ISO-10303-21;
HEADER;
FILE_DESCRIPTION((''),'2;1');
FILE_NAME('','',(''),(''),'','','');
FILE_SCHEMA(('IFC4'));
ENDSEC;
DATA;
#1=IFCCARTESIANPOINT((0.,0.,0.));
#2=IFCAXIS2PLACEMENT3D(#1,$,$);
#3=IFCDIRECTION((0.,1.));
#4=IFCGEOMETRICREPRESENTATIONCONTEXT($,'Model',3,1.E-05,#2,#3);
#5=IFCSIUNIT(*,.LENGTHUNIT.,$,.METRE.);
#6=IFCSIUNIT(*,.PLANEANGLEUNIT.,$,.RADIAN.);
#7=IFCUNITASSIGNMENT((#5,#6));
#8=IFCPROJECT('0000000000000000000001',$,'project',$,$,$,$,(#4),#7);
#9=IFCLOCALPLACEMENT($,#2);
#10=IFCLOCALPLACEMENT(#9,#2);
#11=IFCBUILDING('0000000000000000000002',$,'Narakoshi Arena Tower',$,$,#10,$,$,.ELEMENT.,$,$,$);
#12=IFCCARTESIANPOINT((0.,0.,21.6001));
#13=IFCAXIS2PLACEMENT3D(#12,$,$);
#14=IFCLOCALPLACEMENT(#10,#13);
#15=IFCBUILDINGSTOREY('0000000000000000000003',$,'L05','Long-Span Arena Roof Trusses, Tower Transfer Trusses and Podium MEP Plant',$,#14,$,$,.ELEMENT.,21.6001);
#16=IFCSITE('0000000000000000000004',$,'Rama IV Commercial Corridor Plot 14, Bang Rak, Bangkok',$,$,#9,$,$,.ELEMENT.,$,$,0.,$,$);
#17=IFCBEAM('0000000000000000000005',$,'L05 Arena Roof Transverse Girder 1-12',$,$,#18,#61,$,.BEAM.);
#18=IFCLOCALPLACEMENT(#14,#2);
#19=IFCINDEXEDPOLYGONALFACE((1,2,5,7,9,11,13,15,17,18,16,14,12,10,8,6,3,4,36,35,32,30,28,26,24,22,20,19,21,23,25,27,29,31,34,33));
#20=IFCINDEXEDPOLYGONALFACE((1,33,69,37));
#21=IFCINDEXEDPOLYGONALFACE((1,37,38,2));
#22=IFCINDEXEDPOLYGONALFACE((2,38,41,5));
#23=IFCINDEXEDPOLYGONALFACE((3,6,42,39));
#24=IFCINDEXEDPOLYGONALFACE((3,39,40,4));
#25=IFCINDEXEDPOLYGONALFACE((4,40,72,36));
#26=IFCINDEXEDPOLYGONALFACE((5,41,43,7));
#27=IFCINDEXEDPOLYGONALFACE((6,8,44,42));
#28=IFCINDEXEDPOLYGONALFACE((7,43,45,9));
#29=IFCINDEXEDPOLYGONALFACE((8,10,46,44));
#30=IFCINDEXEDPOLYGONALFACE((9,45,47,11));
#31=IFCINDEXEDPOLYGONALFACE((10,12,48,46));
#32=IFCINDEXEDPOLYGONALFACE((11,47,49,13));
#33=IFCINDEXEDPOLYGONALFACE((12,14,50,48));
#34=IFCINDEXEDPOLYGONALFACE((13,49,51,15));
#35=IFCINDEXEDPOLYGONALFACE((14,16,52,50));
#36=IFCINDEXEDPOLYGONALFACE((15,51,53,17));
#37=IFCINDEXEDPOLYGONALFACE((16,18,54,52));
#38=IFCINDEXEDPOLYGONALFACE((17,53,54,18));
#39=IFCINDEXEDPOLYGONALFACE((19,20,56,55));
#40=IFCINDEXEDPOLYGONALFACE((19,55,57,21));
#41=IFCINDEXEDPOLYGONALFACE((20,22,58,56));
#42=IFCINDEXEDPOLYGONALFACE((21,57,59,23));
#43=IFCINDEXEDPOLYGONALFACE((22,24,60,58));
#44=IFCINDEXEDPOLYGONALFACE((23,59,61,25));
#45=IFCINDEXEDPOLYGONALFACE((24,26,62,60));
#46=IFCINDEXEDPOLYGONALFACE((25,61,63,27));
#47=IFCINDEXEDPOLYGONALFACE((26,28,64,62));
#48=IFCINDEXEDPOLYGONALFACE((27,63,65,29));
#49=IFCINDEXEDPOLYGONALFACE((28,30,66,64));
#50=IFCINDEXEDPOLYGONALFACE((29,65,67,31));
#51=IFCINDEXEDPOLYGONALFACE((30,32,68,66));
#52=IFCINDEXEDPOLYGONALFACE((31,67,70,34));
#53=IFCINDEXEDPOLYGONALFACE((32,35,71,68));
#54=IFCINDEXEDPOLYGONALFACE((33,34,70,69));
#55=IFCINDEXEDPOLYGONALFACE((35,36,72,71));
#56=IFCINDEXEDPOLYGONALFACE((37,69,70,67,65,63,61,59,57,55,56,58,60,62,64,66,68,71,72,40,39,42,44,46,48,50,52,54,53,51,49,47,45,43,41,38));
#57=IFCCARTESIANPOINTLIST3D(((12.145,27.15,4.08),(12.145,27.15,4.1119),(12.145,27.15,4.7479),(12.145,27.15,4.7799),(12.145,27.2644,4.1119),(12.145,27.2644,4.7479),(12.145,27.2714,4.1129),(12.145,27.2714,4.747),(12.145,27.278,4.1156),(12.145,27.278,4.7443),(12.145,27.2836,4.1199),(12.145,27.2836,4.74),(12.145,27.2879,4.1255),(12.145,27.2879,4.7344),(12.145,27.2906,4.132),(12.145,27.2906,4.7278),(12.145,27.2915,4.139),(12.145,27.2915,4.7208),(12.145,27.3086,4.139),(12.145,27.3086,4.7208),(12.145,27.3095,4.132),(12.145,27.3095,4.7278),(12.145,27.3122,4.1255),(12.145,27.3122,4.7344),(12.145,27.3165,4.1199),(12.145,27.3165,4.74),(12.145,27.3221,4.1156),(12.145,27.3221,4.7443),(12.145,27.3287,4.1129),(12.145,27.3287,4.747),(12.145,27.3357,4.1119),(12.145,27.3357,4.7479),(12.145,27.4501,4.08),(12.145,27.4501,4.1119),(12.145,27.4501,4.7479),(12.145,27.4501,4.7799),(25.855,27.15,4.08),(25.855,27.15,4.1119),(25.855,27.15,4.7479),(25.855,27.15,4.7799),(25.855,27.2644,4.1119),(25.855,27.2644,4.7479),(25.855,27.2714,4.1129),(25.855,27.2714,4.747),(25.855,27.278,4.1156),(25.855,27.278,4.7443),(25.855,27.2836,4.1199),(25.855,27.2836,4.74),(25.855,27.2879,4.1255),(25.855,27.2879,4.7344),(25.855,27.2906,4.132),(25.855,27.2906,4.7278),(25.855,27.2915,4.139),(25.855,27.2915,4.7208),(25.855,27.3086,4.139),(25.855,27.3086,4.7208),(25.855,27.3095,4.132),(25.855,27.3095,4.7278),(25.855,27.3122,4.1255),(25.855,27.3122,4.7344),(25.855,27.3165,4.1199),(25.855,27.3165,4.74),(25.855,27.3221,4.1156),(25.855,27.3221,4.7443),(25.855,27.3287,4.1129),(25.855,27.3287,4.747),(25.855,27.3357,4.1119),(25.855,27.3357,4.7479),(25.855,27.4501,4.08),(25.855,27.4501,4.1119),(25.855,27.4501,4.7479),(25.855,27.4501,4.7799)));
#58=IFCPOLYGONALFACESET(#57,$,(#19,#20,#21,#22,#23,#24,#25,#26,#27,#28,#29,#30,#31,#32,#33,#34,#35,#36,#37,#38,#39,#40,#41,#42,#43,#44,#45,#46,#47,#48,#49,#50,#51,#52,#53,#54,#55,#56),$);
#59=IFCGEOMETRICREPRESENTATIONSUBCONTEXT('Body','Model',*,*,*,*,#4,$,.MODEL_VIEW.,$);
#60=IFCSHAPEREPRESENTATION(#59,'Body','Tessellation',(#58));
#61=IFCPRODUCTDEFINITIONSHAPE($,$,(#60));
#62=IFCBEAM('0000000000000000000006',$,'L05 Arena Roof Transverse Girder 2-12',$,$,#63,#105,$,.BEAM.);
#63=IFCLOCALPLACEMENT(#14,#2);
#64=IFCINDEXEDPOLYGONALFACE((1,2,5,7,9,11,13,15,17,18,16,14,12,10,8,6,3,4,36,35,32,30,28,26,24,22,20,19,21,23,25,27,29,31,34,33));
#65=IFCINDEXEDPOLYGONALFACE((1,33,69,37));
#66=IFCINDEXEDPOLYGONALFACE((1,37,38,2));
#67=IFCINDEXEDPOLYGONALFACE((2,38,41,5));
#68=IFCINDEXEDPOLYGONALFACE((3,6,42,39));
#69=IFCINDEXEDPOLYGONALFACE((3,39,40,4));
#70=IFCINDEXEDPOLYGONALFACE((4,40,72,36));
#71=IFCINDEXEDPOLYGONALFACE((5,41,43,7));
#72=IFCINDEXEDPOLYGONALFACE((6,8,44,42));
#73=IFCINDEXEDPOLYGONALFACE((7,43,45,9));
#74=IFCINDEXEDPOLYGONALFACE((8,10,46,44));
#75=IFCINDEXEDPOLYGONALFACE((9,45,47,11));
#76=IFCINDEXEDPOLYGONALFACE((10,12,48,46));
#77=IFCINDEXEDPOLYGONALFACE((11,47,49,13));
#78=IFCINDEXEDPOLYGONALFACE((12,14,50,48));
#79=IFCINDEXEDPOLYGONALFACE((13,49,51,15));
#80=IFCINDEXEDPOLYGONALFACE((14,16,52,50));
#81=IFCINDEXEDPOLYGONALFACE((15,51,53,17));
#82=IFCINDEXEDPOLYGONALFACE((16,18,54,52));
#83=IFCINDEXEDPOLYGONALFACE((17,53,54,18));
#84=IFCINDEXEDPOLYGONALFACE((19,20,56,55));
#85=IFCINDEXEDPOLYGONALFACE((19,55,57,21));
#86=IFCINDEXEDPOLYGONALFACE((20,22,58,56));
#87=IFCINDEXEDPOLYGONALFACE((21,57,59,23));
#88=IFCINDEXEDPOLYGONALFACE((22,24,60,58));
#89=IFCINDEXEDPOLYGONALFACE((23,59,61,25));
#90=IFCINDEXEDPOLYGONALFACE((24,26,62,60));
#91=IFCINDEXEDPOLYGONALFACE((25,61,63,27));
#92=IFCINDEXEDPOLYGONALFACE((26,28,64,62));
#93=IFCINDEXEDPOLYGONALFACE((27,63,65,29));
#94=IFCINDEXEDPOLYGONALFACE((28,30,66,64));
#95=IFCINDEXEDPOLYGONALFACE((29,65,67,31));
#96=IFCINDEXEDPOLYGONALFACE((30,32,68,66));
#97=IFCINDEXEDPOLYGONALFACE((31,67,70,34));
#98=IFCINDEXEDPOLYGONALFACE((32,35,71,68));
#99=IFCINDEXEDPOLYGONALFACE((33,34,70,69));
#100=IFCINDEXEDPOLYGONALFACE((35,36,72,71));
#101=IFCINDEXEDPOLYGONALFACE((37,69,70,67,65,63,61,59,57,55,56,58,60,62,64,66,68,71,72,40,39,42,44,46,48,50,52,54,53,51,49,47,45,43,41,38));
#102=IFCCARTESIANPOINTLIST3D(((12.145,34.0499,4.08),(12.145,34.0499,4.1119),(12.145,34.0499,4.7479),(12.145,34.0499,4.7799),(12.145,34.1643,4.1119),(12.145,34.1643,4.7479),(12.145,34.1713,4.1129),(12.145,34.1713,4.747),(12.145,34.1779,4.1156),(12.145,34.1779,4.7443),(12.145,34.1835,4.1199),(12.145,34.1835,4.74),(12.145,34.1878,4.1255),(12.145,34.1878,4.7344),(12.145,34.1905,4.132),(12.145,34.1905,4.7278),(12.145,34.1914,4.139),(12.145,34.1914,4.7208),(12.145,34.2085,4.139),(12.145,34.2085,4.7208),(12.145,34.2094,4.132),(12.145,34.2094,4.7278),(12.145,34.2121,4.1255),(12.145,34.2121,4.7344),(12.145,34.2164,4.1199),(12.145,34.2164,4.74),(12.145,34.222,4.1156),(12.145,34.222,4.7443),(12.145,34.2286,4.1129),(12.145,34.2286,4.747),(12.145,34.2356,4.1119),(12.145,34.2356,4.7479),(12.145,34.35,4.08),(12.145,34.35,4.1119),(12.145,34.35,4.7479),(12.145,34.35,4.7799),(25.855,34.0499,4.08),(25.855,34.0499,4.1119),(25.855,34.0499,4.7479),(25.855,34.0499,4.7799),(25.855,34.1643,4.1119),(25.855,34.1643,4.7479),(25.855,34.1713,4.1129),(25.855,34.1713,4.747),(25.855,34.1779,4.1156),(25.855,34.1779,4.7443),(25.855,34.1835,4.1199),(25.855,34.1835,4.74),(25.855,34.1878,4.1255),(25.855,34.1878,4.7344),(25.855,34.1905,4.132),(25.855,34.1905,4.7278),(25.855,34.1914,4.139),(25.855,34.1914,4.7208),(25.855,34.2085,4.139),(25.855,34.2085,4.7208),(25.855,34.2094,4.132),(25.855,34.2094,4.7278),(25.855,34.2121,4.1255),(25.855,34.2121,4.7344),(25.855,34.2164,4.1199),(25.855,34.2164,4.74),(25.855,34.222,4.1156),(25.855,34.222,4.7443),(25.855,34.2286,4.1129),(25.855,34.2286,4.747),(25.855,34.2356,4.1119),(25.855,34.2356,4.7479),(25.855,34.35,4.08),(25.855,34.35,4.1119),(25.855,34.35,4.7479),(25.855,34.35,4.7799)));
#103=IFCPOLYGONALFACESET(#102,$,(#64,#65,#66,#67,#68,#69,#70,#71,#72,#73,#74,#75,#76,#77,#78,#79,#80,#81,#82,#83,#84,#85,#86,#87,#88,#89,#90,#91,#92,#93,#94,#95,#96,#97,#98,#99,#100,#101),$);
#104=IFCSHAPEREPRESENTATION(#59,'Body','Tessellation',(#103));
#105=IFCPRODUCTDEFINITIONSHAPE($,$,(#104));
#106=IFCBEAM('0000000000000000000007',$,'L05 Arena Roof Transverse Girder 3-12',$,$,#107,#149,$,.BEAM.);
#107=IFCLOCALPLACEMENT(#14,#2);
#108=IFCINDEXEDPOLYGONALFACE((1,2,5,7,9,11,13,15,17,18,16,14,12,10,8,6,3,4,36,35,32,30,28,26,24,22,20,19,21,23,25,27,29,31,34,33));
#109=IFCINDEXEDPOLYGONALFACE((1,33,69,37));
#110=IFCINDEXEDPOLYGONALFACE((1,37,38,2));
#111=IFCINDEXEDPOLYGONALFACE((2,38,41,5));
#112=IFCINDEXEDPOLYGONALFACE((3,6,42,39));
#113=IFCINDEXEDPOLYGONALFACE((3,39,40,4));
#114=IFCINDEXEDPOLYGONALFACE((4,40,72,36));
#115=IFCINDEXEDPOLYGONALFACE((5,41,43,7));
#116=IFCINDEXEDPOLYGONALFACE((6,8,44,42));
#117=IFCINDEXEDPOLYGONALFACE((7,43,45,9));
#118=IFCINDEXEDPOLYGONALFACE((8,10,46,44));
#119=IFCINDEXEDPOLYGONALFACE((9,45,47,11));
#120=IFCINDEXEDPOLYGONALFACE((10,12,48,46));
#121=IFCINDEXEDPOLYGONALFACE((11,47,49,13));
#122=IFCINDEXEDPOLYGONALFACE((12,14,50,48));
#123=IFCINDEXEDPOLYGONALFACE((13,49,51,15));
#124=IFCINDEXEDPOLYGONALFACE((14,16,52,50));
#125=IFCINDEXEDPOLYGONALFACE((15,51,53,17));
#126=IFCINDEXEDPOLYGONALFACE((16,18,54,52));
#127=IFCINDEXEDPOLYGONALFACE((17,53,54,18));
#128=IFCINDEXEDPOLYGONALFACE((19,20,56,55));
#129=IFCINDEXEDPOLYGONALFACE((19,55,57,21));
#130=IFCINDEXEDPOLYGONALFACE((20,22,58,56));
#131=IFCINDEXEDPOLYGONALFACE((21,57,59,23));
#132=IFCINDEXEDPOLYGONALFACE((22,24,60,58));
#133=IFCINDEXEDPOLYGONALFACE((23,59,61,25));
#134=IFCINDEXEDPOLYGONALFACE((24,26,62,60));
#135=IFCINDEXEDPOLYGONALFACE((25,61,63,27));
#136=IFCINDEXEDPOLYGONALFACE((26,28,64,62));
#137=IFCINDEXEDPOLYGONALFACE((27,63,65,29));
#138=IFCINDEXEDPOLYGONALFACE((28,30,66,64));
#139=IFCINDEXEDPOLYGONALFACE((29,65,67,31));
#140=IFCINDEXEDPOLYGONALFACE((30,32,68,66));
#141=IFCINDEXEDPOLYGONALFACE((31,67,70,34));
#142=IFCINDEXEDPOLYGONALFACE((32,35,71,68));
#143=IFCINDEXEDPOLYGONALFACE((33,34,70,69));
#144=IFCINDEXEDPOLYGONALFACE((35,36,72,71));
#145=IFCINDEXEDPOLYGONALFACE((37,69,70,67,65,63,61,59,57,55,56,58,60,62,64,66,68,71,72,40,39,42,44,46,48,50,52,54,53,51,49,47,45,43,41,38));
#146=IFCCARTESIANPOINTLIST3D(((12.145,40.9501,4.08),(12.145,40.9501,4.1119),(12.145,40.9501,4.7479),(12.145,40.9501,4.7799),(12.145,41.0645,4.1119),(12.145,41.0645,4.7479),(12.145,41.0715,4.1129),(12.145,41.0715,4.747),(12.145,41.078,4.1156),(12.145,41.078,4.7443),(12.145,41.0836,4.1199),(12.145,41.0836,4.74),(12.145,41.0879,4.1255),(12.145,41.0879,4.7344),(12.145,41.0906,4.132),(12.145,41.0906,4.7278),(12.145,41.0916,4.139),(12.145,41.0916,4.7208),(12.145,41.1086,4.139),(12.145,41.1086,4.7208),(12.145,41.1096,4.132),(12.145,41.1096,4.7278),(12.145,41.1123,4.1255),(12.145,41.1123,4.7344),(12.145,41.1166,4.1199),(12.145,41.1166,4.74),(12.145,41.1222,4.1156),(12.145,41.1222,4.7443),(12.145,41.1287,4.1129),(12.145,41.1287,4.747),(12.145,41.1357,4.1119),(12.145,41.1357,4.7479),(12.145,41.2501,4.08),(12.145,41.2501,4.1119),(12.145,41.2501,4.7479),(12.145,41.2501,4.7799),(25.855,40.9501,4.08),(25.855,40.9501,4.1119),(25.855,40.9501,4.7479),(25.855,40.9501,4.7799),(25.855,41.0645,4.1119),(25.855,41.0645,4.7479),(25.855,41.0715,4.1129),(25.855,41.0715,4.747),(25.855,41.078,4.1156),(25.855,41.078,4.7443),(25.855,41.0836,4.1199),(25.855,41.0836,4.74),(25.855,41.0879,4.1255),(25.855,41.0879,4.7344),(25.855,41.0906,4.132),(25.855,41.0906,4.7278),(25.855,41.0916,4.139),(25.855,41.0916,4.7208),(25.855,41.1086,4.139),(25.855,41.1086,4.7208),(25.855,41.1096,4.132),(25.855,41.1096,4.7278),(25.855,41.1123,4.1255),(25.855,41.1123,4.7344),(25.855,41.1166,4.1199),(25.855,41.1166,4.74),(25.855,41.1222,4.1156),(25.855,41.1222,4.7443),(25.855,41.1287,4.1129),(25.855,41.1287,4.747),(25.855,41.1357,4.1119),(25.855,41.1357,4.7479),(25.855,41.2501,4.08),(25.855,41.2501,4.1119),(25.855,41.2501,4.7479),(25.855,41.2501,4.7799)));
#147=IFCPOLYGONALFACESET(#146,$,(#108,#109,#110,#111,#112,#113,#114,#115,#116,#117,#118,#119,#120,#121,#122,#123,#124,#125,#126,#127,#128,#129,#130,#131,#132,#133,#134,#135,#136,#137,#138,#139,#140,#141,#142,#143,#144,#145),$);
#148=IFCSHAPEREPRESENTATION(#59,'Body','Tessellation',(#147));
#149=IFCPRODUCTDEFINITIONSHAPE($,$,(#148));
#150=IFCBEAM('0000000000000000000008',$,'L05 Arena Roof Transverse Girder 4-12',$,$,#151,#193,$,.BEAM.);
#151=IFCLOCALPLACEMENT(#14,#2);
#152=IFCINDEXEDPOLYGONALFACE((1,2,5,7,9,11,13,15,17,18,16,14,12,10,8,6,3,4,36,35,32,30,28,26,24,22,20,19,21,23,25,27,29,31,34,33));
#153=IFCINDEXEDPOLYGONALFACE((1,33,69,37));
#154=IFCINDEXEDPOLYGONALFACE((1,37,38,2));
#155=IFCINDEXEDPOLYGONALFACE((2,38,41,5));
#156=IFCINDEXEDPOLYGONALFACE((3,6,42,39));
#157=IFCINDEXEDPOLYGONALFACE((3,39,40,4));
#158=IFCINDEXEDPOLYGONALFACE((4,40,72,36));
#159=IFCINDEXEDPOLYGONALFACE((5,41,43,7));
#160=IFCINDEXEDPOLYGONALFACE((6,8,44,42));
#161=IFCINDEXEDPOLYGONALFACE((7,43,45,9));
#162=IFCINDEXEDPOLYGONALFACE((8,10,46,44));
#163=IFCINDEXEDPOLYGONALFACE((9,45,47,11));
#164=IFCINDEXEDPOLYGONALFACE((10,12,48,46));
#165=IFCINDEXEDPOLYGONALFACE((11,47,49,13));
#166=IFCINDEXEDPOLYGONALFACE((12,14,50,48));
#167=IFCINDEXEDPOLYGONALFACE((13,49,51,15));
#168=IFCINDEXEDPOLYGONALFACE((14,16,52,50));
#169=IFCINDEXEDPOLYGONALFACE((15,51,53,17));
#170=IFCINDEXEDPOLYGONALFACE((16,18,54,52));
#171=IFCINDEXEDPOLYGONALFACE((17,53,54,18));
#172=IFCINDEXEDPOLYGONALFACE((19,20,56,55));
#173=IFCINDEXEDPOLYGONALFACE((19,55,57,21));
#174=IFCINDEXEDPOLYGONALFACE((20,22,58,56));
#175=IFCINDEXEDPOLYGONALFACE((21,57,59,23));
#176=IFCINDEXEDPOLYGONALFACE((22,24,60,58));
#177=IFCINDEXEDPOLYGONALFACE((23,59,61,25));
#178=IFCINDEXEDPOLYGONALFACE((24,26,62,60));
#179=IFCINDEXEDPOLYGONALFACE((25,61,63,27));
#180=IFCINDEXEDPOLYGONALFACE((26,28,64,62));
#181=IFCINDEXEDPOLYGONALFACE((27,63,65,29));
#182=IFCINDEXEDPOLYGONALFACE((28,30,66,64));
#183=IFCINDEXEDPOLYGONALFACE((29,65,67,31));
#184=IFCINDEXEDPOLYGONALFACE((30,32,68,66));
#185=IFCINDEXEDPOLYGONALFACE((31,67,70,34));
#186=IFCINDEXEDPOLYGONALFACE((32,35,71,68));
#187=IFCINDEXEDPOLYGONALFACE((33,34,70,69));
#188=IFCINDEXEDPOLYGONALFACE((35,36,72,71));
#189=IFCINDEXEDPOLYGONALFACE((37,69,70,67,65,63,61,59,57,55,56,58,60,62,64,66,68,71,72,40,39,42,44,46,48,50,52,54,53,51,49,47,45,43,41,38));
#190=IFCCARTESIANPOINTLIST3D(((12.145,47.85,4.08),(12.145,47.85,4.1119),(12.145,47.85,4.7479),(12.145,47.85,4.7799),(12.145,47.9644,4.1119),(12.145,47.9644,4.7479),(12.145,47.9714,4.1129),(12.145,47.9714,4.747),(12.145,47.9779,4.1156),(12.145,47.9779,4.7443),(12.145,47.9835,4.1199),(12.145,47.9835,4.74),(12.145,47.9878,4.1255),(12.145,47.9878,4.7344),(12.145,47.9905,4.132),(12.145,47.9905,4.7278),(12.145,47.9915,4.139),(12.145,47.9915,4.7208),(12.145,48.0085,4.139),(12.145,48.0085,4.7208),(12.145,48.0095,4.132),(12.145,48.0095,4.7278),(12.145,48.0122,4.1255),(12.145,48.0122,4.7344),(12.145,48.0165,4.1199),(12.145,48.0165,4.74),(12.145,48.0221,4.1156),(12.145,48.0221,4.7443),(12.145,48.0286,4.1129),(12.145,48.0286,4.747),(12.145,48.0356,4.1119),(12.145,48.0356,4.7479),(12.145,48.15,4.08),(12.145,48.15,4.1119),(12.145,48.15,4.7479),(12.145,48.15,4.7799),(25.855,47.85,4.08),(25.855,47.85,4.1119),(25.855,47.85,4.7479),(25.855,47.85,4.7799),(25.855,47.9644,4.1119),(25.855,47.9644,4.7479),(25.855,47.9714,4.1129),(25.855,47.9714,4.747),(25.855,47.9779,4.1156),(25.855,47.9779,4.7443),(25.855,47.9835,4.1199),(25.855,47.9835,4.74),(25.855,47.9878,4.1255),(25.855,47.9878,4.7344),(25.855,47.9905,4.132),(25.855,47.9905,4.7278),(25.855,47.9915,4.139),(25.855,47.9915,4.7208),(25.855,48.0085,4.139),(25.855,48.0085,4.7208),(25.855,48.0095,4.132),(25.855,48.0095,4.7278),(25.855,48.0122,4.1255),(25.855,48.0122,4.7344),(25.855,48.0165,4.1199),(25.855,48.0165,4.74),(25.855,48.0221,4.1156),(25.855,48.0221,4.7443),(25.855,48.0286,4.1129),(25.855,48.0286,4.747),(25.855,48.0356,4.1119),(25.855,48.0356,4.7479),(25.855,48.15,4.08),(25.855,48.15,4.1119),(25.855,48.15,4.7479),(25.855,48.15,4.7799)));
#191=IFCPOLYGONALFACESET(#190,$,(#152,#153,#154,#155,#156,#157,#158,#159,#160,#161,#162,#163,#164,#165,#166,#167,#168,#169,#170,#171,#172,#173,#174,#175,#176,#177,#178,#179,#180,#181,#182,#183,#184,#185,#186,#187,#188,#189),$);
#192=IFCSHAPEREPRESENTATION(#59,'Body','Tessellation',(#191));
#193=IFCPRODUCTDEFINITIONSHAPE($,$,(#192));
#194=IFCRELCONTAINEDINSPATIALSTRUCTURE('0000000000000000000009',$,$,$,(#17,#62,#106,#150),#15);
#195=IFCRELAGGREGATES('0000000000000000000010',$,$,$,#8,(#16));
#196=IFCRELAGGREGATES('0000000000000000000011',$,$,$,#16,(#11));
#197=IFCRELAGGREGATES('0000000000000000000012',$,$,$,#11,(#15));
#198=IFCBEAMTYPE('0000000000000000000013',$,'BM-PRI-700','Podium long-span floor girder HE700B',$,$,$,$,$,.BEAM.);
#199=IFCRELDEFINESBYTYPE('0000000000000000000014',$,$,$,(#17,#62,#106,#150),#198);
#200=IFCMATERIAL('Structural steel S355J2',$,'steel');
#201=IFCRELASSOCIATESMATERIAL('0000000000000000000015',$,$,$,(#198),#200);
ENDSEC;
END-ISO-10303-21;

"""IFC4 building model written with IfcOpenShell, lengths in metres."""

from ifc_helpers import new_model, si_unit, direction, frame, origin, origin_2d, place, context, subcontext, project, spatial, i_section, extrude, material, material_profile, profile_set, type_object, element, save


model = new_model("IFC4")

# Units and contexts
model_context = context("Model", 3, precision=1e-05, world=origin(), true_north=direction((0.0, 1.0)))
body_context = subcontext(model_context, "Body", "Model", "MODEL_VIEW")
ifc_project = project(units=[si_unit("LENGTHUNIT", "METRE"), si_unit("PLANEANGLEUNIT", "RADIAN")], contexts=[model_context])

# Site, building, storey
site_placement = place(None, origin())
site = spatial("IfcSite", under=ifc_project, at=site_placement, Name="Rama IV Commercial Corridor Plot 14, Bang Rak, Bangkok", CompositionType="ELEMENT", RefElevation=0.0)
building_placement = place(site_placement, origin())
building = spatial("IfcBuilding", under=site, at=building_placement, Name="Narakoshi Arena Tower", CompositionType="ELEMENT")
storey_placement = place(building_placement, frame((0.0, 0.0, 21.6001)))
storey = spatial("IfcBuildingStorey", under=building, at=storey_placement, Name="L05", Description="Long-Span Arena Roof Trusses, Tower Transfer Trusses and Podium MEP Plant", CompositionType="ELEMENT", Elevation=21.6001)

# Beams
ifc_material_1 = material(Name="Structural steel S355J2", Category="steel")
ifc_material_profile_1 = material_profile(ifc_material_1, i_section(OverallWidth=0.3, OverallDepth=0.7, WebThickness=0.0171, FlangeThickness=0.032, FilletRadius=0.0271, at=origin_2d()), Name="HE700B")
ifc_profile_set_1 = profile_set([ifc_material_profile_1], Name="Structural steel S355J2")
beam_type_1 = type_object("IfcBeamType", Name="BM-PRI-700", Description="Podium long-span floor girder HE700B", PredefinedType="BEAM", material=ifc_profile_set_1)
for number, where, z_axis, x_axis, name in (
    (1, (12.145, 27.3, 4.4299), (1.0, 0.0, 0.0), (0.0, 1.0, 0.0), "L05 Arena Roof Transverse Girder 1-12"),
    (2, (12.145, 34.2, 4.4299), (1.0, 0.0, 0.0), (0.0, 1.0, 0.0), "L05 Arena Roof Transverse Girder 2-12"),
    (3, (12.145, 41.1001, 4.4299), (1.0, 0.0, 0.0), (0.0, 1.0, 0.0), "L05 Arena Roof Transverse Girder 3-12"),
    (4, (12.145, 48.0, 4.4299), (1.0, 0.0, 0.0), (0.0, 1.0, 0.0), "L05 Arena Roof Transverse Girder 4-12"),
):
    element("IfcBeam", number, at=place(storey_placement, frame(where, z_axis=z_axis, x_axis=x_axis)), inside=storey, type_object=beam_type_1, Name=name, PredefinedType="BEAM", context=body_context, shape_type="SweptSolid", body=[
        extrude(i_section(OverallWidth=0.3, OverallDepth=0.7, WebThickness=0.0171, FlangeThickness=0.032, FilletRadius=0.0271, at=origin_2d()), origin(), (0.0, 0.0, 1.0), 13.71),
    ])

save(model, "model.ifc")
